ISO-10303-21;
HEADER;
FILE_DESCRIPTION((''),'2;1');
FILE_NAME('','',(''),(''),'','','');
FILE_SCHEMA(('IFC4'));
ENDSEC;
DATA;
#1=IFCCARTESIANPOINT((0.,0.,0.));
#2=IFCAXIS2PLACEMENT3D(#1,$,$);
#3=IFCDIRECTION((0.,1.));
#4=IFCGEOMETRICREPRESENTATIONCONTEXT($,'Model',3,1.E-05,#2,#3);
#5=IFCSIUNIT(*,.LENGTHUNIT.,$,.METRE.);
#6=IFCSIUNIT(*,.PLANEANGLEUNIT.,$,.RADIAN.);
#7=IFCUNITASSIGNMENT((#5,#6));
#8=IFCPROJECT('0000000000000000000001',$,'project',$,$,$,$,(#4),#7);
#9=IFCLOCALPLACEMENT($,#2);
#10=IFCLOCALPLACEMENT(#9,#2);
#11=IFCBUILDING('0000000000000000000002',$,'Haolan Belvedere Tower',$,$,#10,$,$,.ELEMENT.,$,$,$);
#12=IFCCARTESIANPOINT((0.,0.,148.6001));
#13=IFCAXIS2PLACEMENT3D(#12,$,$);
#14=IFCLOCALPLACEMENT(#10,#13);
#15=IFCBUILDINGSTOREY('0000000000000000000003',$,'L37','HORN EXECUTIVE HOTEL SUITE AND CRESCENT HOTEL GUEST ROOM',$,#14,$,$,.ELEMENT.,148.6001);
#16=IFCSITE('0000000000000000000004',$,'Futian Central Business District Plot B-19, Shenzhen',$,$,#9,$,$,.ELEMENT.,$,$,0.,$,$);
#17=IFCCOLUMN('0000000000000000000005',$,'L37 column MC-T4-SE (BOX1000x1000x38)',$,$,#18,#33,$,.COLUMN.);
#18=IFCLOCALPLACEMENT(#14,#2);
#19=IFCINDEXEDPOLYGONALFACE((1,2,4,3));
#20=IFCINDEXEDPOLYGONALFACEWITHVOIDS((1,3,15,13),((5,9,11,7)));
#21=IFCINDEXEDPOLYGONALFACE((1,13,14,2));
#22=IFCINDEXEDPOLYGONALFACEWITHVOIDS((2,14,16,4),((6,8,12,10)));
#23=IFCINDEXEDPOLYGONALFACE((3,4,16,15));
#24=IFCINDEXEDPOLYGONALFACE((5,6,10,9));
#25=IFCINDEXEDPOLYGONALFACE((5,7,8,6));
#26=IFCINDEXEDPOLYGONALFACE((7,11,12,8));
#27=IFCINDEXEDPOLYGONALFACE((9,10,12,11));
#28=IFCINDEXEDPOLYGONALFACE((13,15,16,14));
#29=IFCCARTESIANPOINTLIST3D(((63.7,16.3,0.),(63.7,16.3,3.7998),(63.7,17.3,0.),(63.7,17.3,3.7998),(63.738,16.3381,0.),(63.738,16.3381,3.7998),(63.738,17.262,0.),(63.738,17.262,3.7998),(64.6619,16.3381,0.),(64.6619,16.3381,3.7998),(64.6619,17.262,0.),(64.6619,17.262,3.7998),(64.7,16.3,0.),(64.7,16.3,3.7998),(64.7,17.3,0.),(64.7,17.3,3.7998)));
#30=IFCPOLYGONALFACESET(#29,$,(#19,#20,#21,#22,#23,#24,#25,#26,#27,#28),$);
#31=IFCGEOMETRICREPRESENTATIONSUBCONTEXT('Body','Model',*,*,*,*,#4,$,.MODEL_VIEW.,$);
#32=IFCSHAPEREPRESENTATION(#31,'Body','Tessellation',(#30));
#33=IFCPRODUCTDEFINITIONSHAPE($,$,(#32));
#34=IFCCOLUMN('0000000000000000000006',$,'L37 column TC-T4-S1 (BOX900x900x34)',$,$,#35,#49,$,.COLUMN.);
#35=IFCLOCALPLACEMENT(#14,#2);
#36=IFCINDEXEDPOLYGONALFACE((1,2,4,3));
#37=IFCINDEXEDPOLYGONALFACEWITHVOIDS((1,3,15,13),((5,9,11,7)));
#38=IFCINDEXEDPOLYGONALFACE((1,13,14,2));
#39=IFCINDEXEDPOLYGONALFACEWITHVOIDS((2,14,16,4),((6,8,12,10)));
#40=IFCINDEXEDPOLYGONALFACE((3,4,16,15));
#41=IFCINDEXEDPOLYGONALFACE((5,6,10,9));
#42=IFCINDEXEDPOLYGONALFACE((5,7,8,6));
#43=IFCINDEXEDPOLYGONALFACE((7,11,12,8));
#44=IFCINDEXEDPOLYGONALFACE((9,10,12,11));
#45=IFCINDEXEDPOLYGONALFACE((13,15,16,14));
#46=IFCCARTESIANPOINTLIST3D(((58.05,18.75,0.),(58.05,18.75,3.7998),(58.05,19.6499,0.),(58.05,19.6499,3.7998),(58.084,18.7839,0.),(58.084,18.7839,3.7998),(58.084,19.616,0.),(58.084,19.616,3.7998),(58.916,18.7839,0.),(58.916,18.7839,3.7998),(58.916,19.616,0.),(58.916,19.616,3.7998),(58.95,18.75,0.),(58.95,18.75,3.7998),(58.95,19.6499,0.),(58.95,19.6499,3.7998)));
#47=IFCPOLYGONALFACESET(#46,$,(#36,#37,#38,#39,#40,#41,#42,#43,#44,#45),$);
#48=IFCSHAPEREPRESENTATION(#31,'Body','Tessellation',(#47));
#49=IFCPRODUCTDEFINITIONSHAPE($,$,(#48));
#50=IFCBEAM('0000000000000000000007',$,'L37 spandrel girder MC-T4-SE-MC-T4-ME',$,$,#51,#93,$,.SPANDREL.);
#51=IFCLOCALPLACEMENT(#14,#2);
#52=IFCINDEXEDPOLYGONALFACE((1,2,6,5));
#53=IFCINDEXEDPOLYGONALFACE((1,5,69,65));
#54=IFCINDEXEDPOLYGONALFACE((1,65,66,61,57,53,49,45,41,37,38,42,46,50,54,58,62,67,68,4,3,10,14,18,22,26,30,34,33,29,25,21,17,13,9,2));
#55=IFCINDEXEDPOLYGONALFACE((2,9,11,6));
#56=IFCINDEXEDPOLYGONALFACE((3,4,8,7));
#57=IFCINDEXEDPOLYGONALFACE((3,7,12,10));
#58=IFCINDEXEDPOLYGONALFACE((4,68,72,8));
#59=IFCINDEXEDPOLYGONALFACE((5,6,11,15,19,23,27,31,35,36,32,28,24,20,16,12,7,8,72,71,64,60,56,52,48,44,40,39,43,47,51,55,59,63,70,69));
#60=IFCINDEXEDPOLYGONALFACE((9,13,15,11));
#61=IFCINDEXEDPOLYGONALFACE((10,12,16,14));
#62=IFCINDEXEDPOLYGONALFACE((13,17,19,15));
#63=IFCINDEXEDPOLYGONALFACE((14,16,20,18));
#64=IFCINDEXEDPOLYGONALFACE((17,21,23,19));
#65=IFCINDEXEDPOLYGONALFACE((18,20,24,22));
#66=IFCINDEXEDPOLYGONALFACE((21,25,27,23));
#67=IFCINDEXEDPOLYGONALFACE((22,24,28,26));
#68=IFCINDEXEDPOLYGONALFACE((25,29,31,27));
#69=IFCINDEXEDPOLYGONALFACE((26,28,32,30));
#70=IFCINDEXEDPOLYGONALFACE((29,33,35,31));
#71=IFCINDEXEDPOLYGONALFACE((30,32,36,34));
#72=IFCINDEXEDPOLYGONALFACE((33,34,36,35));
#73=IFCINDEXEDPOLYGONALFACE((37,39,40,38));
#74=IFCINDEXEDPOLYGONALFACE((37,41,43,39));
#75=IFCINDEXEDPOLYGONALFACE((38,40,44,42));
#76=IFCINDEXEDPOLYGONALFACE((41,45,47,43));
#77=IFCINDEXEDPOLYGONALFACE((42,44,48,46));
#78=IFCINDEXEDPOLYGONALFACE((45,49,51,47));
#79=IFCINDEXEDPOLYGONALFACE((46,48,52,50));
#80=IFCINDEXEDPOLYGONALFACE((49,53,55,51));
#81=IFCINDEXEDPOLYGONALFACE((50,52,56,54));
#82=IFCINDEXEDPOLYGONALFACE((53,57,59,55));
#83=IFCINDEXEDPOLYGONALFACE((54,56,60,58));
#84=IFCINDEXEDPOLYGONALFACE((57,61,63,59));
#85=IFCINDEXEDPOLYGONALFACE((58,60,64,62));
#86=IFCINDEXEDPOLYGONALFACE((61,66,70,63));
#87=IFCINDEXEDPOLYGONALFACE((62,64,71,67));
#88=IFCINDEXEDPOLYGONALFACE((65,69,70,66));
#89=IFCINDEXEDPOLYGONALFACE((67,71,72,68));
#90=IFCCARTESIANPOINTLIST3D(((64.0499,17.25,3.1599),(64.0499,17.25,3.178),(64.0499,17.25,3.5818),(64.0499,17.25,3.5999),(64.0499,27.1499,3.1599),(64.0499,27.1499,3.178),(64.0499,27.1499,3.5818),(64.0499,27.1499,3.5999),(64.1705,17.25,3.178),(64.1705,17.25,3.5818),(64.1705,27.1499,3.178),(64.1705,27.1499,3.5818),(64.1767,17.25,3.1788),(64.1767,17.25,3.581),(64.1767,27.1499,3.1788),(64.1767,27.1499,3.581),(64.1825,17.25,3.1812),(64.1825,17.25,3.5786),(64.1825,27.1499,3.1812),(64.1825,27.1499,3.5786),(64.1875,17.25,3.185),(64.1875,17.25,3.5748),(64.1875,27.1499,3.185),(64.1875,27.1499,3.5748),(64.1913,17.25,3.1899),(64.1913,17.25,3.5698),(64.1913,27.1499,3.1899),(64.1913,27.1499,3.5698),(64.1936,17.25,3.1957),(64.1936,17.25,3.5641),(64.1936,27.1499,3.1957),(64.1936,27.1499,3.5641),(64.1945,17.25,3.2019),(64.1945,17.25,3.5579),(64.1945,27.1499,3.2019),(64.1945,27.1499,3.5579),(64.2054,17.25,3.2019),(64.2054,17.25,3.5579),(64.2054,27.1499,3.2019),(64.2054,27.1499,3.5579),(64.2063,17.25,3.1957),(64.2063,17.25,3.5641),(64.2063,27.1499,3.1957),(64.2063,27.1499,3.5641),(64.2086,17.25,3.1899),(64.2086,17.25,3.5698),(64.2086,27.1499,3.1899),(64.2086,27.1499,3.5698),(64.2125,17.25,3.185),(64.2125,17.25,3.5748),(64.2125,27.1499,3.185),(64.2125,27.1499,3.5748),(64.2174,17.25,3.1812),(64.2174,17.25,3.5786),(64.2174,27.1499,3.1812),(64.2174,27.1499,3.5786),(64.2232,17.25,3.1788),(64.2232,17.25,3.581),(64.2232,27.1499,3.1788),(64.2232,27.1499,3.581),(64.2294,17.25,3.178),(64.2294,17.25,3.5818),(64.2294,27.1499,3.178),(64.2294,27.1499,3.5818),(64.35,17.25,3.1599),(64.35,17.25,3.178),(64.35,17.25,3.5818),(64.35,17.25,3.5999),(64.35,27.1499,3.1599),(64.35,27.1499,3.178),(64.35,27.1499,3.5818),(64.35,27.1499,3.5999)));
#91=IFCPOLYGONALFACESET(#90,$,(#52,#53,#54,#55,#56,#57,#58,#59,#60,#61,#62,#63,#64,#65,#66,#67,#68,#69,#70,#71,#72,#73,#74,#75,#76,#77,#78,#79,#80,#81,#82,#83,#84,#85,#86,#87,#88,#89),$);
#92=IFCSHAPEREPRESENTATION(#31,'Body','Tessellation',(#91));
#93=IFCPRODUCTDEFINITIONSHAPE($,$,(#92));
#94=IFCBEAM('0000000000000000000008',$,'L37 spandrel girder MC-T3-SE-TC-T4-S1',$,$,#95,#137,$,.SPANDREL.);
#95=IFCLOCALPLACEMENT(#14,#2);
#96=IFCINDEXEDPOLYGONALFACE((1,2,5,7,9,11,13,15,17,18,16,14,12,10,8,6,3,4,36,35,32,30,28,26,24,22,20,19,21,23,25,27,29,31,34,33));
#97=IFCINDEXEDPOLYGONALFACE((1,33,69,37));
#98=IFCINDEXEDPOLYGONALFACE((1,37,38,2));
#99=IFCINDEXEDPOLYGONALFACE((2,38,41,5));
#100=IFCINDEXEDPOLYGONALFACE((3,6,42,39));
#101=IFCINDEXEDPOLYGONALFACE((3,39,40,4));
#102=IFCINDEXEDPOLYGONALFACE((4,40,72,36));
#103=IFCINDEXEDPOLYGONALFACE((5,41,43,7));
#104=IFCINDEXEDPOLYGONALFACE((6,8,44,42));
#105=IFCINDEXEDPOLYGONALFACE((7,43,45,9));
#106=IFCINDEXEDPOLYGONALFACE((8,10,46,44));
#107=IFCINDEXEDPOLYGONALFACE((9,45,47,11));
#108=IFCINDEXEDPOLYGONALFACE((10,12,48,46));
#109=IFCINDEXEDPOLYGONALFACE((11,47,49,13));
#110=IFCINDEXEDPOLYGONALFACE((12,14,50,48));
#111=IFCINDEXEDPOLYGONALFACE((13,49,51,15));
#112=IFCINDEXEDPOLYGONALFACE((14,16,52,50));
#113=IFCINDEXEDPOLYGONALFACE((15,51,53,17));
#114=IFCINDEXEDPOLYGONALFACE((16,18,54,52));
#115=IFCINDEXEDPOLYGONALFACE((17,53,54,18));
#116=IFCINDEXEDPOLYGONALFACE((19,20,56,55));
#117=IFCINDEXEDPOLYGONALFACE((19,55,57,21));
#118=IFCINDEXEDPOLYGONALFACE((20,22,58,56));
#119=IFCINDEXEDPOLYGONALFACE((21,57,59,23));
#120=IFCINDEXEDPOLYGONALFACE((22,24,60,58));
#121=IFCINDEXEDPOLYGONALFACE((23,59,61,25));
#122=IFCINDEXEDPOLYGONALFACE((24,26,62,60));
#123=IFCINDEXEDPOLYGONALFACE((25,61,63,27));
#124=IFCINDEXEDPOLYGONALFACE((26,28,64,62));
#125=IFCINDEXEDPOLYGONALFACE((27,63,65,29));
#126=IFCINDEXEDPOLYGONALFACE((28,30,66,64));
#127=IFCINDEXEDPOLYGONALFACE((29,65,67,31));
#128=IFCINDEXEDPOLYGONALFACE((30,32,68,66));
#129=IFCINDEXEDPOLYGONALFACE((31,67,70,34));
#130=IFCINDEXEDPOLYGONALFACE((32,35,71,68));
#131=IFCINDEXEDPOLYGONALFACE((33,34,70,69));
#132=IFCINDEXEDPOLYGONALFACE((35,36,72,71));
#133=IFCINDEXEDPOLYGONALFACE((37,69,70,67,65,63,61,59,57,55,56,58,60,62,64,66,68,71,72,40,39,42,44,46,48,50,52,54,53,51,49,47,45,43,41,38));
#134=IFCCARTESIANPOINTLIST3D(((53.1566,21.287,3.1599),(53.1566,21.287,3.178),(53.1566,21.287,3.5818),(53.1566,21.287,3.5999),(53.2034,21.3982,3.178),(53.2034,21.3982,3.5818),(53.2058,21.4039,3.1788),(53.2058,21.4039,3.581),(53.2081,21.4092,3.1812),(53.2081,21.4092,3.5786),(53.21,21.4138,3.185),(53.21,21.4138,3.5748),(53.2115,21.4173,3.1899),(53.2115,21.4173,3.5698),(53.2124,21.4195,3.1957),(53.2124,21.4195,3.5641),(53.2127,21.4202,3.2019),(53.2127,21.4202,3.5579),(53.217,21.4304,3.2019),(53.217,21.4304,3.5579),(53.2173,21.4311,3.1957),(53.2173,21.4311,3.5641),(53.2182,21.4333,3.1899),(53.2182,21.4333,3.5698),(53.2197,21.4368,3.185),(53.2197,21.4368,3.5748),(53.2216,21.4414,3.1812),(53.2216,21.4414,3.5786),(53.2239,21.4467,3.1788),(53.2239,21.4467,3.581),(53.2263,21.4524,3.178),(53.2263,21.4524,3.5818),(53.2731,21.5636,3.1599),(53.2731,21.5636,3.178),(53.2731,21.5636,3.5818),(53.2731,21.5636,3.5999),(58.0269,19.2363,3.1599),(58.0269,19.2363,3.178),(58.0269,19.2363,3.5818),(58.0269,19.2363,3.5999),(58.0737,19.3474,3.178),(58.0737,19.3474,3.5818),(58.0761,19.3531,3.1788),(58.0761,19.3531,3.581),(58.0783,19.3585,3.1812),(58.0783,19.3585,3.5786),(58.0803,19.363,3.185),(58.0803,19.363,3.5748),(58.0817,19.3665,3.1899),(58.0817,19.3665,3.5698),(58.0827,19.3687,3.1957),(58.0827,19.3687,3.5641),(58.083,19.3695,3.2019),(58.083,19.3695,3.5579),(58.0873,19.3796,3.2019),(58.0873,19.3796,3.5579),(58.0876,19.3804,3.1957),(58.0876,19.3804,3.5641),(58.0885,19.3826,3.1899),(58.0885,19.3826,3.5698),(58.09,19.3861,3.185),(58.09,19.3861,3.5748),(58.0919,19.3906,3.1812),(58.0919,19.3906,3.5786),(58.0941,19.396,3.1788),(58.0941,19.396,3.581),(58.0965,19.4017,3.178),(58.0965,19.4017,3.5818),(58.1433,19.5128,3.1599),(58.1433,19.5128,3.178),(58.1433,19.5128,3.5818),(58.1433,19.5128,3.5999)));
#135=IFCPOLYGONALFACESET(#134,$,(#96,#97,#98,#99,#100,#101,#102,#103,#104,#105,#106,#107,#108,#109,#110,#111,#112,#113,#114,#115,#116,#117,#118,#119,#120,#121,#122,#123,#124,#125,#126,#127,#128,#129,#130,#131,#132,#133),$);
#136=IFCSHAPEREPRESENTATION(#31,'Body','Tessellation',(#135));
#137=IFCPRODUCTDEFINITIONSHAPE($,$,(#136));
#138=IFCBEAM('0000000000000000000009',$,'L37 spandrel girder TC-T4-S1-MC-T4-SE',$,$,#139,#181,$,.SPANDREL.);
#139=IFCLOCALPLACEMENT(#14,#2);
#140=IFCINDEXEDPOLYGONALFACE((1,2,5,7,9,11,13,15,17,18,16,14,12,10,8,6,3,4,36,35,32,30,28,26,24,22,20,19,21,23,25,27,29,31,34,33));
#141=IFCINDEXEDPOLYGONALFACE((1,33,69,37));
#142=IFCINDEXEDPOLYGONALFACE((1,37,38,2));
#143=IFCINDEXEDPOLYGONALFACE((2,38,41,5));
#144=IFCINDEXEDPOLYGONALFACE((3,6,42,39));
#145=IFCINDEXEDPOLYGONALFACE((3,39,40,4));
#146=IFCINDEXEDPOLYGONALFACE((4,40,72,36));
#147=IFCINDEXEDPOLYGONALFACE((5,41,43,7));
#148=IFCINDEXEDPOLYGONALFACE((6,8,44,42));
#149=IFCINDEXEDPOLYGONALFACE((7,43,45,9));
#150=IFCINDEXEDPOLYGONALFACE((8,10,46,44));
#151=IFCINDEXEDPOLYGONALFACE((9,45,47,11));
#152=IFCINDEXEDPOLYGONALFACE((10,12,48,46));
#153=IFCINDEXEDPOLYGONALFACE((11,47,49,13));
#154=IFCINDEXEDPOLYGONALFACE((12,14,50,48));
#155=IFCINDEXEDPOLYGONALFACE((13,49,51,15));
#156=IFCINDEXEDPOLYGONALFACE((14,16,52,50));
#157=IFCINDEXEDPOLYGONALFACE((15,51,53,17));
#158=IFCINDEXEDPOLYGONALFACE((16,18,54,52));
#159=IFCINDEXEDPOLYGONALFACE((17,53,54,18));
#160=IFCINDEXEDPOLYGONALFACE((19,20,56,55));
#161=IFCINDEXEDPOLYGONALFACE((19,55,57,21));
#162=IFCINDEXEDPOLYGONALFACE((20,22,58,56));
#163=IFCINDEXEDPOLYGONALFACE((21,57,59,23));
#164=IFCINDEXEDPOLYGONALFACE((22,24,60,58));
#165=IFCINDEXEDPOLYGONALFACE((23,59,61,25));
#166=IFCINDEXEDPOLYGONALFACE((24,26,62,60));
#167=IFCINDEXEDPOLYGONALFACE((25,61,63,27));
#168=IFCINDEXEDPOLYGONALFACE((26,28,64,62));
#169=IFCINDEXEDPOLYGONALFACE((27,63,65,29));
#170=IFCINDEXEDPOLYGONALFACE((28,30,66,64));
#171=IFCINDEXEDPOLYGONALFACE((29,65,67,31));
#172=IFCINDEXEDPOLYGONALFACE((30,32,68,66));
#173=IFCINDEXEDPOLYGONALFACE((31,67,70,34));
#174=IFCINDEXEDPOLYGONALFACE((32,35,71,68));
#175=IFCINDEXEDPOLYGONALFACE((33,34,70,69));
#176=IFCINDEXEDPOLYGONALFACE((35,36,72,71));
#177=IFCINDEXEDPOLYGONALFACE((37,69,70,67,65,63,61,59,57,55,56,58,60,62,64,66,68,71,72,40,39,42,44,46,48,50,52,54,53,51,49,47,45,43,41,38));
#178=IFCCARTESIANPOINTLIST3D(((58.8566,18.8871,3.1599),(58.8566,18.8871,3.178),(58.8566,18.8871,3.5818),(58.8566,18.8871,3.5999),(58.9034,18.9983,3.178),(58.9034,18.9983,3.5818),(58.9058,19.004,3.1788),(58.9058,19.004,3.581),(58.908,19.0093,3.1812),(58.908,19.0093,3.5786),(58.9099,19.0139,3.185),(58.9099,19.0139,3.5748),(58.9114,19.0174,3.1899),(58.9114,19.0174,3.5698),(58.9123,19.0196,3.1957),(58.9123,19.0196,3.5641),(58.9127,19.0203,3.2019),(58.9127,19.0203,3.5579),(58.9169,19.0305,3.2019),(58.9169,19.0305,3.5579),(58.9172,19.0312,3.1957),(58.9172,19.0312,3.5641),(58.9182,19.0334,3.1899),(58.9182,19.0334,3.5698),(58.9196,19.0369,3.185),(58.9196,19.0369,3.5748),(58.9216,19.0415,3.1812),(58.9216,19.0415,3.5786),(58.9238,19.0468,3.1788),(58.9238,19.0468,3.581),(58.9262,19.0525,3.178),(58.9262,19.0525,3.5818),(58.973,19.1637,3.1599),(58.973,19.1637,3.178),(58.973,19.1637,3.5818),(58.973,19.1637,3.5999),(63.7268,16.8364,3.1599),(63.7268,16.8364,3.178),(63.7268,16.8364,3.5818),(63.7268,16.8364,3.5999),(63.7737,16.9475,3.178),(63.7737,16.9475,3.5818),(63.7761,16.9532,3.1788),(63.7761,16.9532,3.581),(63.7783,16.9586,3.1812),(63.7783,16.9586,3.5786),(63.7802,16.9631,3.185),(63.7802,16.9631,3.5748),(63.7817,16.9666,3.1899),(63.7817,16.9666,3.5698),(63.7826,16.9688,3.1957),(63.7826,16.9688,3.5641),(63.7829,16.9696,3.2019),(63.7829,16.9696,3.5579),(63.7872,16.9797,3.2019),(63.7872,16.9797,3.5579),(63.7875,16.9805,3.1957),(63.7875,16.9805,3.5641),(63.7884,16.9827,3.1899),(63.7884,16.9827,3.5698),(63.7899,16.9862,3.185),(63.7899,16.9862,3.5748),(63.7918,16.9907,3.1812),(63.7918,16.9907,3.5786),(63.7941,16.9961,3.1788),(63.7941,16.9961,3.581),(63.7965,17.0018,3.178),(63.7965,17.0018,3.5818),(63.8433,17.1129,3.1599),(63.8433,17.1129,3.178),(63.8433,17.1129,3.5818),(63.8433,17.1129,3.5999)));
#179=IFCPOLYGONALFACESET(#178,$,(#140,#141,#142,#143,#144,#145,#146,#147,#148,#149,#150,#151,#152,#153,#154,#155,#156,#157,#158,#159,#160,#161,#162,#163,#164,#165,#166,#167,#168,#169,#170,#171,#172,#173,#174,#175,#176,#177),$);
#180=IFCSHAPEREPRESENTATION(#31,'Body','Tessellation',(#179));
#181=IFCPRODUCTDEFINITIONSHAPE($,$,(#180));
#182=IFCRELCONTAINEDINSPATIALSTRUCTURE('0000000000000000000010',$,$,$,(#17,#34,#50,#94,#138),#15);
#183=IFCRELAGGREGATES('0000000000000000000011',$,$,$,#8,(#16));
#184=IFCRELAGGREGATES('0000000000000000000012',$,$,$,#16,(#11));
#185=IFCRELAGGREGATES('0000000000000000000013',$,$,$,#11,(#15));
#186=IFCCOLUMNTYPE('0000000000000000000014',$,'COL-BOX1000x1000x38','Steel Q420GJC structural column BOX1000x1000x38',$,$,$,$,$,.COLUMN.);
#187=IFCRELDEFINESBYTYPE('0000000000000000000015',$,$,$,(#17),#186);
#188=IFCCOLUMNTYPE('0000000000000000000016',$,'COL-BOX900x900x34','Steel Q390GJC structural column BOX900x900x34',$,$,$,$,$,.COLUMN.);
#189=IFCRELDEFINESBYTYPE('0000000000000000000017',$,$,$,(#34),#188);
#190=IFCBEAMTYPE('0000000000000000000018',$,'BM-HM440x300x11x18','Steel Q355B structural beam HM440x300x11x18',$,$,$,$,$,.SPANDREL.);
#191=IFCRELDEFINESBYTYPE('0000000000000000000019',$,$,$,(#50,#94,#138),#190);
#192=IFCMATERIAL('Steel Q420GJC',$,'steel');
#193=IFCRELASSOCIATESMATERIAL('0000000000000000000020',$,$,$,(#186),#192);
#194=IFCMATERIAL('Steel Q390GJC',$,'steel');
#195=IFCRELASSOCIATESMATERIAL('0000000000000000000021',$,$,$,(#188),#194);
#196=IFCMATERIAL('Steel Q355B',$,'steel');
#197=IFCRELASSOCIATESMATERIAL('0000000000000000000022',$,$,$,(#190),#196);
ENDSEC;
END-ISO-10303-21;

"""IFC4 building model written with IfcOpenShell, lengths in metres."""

from ifc_helpers import new_model, si_unit, direction, frame, origin, origin_2d, place, context, subcontext, project, spatial, hollow_rectangle, i_section, extrude, material, material_profile, profile_set, type_object, element, save


model = new_model("IFC4")

# Units and contexts
model_context = context("Model", 3, precision=1e-05, world=origin(), true_north=direction((0.0, 1.0)))
body_context = subcontext(model_context, "Body", "Model", "MODEL_VIEW")
ifc_project = project(units=[si_unit("LENGTHUNIT", "METRE"), si_unit("PLANEANGLEUNIT", "RADIAN")], contexts=[model_context])

# Site, building, storey
site_placement = place(None, origin())
site = spatial("IfcSite", under=ifc_project, at=site_placement, Name="Futian Central Business District Plot B-19, Shenzhen", CompositionType="ELEMENT", RefElevation=0.0)
building_placement = place(site_placement, origin())
building = spatial("IfcBuilding", under=site, at=building_placement, Name="Haolan Belvedere Tower", CompositionType="ELEMENT")
storey_placement = place(building_placement, frame((0.0, 0.0, 148.6001)))
storey = spatial("IfcBuildingStorey", under=building, at=storey_placement, Name="L37", Description="HORN EXECUTIVE HOTEL SUITE AND CRESCENT HOTEL GUEST ROOM", CompositionType="ELEMENT", Elevation=148.6001)

# Columns
ifc_material_1 = material(Name="Steel Q420GJC", Category="steel")
ifc_material_profile_1 = material_profile(ifc_material_1, hollow_rectangle(XDim=1.0, YDim=1.0, WallThickness=0.0381, at=origin_2d()), Name="Steel Q420GJC")
ifc_profile_set_1 = profile_set([ifc_material_profile_1], Name="Steel Q420GJC")
column_type_1 = type_object("IfcColumnType", Name="COL-BOX1000x1000x38", Description="Steel Q420GJC structural column BOX1000x1000x38", PredefinedType="COLUMN", material=ifc_profile_set_1)
column_1_placement = place(storey_placement, frame((64.2, 16.8, 0.0), z_axis=(0.0, 0.0, 1.0), x_axis=(1.0, 0.0, 0.0)))
element("IfcColumn", 1, at=column_1_placement, inside=storey, type_object=column_type_1, Name="L37 column MC-T4-SE (BOX1000x1000x38)", PredefinedType="COLUMN", context=body_context, shape_type="SweptSolid", body=[
    extrude(hollow_rectangle(XDim=1.0, YDim=1.0, WallThickness=0.0381, at=origin_2d()), origin(), (0.0, 0.0, 1.0), 3.7998),
])
ifc_material_2 = material(Name="Steel Q390GJC", Category="steel")
ifc_material_profile_2 = material_profile(ifc_material_2, hollow_rectangle(XDim=0.8999, YDim=0.8999, WallThickness=0.0339, at=origin_2d()), Name="Steel Q390GJC")
ifc_profile_set_2 = profile_set([ifc_material_profile_2], Name="Steel Q390GJC")
column_type_2 = type_object("IfcColumnType", Name="COL-BOX900x900x34", Description="Steel Q390GJC structural column BOX900x900x34", PredefinedType="COLUMN", material=ifc_profile_set_2)
column_2_placement = place(storey_placement, frame((58.5, 19.2, 0.0), z_axis=(0.0, 0.0, 1.0), x_axis=(1.0, 0.0, 0.0)))
element("IfcColumn", 2, at=column_2_placement, inside=storey, type_object=column_type_2, Name="L37 column TC-T4-S1 (BOX900x900x34)", PredefinedType="COLUMN", context=body_context, shape_type="SweptSolid", body=[
    extrude(hollow_rectangle(XDim=0.8999, YDim=0.8999, WallThickness=0.0339, at=origin_2d()), origin(), (0.0, 0.0, 1.0), 3.7998),
])

# Beams
ifc_material_3 = material(Name="Steel Q355B", Category="steel")
ifc_material_profile_3 = material_profile(ifc_material_3, i_section(OverallWidth=0.3, OverallDepth=0.4399, WebThickness=0.011, FlangeThickness=0.0181, FilletRadius=0.0239, at=origin_2d()), Name="Steel Q355B")
ifc_profile_set_3 = profile_set([ifc_material_profile_3], Name="Steel Q355B")
beam_type_1 = type_object("IfcBeamType", Name="BM-HM440x300x11x18", Description="Steel Q355B structural beam HM440x300x11x18", PredefinedType="SPANDREL", material=ifc_profile_set_3)
beam_1_placement = place(storey_placement, frame((64.2, 17.25, 3.3799), z_axis=(0.0, 1.0, 0.0), x_axis=(-1.0, 0.0, 0.0)))
element("IfcBeam", 3, at=beam_1_placement, inside=storey, type_object=beam_type_1, Name="L37 spandrel girder MC-T4-SE-MC-T4-ME", PredefinedType="SPANDREL", context=body_context, shape_type="SweptSolid", body=[
    extrude(i_section(OverallWidth=0.3, OverallDepth=0.4399, WebThickness=0.011, FlangeThickness=0.0181, FilletRadius=0.0239, at=origin_2d()), origin(), (0.0, 0.0, 1.0), 9.8999),
])
for number, where, z_axis, x_axis, name in (
    (4, (53.2148, 21.4253, 3.3799), (0.921628, -0.388074, 0.0), (0.388074, 0.921628, 0.0), "L37 spandrel girder MC-T3-SE-TC-T4-S1"),
    (5, (58.9148, 19.0254, 3.3799), (0.921628, -0.388074, 0.0), (0.388074, 0.921628, 0.0), "L37 spandrel girder TC-T4-S1-MC-T4-SE"),
):
    element("IfcBeam", number, at=place(storey_placement, frame(where, z_axis=z_axis, x_axis=x_axis)), inside=storey, type_object=beam_type_1, Name=name, PredefinedType="SPANDREL", context=body_context, shape_type="SweptSolid", body=[
        extrude(i_section(OverallWidth=0.3, OverallDepth=0.4399, WebThickness=0.011, FlangeThickness=0.0181, FilletRadius=0.0239, at=origin_2d()), origin(), (0.0, 0.0, 1.0), 5.2844),
    ])

save(model, "model.ifc")
